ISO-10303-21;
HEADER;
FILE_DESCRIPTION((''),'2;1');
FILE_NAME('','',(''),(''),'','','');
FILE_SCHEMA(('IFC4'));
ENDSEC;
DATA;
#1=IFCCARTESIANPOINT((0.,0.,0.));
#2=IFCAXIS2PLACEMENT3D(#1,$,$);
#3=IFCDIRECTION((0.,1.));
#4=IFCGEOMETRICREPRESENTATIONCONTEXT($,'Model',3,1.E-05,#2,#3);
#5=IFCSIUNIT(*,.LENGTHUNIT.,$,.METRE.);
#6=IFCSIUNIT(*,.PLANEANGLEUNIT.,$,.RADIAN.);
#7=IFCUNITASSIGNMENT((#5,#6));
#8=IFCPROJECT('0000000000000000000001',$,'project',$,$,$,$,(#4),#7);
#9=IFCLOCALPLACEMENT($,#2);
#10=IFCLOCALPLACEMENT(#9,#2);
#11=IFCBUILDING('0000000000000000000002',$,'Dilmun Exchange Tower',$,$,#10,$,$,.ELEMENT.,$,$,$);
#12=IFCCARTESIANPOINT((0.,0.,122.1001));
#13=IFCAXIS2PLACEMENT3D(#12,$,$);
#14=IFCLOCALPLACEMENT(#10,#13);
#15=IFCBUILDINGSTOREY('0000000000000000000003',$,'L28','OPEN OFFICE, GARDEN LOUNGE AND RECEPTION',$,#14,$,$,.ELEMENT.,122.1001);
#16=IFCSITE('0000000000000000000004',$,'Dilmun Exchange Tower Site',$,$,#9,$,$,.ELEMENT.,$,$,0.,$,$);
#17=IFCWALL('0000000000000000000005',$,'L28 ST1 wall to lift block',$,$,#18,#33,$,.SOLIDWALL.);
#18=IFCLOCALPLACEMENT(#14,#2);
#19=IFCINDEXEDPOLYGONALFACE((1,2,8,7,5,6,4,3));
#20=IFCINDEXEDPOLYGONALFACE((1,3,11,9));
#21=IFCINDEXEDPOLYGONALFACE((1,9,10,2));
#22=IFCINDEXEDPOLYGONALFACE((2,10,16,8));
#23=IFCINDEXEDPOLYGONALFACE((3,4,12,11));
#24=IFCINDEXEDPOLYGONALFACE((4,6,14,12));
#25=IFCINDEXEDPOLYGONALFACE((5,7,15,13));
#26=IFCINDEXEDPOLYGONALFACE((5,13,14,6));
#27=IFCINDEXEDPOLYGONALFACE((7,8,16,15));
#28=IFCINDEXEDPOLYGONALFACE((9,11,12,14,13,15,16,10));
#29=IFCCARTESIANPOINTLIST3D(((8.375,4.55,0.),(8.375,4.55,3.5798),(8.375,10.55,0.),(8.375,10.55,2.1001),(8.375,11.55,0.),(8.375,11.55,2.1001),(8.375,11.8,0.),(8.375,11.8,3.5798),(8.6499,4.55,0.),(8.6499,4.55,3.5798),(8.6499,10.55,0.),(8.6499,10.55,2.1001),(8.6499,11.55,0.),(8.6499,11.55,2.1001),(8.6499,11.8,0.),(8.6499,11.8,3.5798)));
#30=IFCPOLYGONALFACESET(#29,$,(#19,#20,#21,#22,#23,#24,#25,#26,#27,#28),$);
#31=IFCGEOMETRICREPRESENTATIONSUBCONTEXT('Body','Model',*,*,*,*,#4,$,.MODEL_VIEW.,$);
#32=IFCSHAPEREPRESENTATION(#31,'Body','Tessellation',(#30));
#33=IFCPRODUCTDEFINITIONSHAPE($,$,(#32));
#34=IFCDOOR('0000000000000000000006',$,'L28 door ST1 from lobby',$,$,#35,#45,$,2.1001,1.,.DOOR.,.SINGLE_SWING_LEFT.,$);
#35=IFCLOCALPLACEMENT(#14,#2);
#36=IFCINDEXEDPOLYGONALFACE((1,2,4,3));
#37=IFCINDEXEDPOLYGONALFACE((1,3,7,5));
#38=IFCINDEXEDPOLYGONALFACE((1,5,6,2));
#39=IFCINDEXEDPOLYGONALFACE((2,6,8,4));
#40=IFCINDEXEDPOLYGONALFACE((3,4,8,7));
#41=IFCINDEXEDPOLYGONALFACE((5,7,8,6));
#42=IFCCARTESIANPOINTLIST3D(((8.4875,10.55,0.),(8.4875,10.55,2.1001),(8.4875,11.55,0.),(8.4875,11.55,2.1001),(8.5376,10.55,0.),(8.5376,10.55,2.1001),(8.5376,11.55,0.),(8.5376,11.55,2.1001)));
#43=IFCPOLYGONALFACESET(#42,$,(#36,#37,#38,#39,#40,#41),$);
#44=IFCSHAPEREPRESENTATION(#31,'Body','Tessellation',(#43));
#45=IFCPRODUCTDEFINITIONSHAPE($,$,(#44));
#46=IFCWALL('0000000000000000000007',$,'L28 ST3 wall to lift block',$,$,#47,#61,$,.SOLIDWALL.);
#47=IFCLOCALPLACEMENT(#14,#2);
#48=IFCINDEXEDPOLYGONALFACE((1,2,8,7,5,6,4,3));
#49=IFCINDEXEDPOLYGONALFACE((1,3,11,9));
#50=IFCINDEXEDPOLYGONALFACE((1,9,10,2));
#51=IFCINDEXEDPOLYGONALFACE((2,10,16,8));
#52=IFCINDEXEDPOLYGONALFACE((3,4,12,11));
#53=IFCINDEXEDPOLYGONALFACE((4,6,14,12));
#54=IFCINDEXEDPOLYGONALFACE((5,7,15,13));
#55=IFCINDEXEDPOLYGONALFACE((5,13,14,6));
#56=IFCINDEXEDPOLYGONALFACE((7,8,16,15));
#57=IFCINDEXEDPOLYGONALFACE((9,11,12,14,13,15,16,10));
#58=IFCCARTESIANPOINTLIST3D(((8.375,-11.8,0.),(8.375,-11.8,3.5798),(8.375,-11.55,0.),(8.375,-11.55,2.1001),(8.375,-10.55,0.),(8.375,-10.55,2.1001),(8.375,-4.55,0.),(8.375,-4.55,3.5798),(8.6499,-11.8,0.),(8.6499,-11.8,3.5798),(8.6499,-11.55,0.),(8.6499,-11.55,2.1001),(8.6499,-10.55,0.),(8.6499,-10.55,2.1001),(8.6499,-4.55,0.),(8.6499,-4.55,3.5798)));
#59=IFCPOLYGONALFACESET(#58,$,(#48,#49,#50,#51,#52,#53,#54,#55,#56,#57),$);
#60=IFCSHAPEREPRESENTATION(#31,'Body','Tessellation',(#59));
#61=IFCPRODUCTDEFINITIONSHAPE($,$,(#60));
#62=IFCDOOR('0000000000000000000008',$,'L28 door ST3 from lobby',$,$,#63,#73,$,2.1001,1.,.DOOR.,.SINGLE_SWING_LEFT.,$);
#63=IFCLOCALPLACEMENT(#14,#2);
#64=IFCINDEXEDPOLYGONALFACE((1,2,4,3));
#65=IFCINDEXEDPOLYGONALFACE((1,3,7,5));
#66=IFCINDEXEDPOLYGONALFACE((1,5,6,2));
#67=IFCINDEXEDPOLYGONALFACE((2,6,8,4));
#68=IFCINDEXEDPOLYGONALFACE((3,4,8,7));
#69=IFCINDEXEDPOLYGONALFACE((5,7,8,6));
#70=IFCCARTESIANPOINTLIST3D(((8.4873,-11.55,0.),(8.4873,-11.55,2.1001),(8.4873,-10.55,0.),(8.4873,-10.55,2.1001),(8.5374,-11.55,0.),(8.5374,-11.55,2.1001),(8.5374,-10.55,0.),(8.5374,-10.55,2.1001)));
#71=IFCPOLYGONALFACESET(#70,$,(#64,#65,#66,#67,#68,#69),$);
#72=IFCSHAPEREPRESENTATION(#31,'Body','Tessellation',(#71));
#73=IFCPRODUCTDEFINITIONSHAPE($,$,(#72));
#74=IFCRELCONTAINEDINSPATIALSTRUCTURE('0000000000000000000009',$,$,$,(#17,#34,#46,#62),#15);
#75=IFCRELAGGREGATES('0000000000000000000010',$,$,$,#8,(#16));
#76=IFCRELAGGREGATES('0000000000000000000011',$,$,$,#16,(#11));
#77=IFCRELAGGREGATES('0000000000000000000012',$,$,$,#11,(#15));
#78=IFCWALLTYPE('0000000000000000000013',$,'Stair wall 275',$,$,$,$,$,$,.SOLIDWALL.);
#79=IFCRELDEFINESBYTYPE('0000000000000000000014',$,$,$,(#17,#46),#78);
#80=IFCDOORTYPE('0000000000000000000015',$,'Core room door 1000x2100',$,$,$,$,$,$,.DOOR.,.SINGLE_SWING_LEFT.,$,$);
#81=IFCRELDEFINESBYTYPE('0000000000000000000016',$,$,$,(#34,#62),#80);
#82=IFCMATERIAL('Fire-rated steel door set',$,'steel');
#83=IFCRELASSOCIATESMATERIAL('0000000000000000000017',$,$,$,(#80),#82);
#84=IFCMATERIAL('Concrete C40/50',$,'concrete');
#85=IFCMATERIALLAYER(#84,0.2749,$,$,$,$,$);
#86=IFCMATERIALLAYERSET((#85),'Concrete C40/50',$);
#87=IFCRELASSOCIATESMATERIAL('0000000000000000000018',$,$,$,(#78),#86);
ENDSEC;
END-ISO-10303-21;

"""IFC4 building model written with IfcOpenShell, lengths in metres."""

from ifc_helpers import new_model, si_unit, direction, frame, frame_2d, origin, place, context, subcontext, project, spatial, rectangle, extrude, material, layer, layer_set, type_object, element, fill, save


model = new_model("IFC4")

# Units and contexts
model_context = context("Model", 3, precision=1e-05, world=origin(), true_north=direction((0.0, 1.0)))
body_context = subcontext(model_context, "Body", "Model", "MODEL_VIEW")
ifc_project = project(units=[si_unit("LENGTHUNIT", "METRE"), si_unit("PLANEANGLEUNIT", "RADIAN")], contexts=[model_context])

# Site, building, storey
site_placement = place(None, origin())
site = spatial("IfcSite", under=ifc_project, at=site_placement, Name="Dilmun Exchange Tower Site", CompositionType="ELEMENT", RefElevation=0.0)
building_placement = place(site_placement, origin())
building = spatial("IfcBuilding", under=site, at=building_placement, Name="Dilmun Exchange Tower", CompositionType="ELEMENT")
storey_placement = place(building_placement, frame((0.0, 0.0, 122.1001)))
storey = spatial("IfcBuildingStorey", under=building, at=storey_placement, Name="L28", Description="OPEN OFFICE, GARDEN LOUNGE AND RECEPTION", CompositionType="ELEMENT", Elevation=122.1001)

# Shared definitions
ifc_material_1 = material(Name="Concrete C40/50", Category="concrete")
ifc_material_2 = material(Name="Fire-rated steel door set", Category="steel")

# Shared definitions
door_type_1 = type_object("IfcDoorType", Name="Core room door 1000x2100", OperationType="SINGLE_SWING_LEFT", PredefinedType="DOOR", material=ifc_material_2)

# Walls, openings, doors
ifc_layer_1 = layer(ifc_material_1, 0.2749)
ifc_layer_set_1 = layer_set([ifc_layer_1], Name="Concrete C40/50")
wall_type_1 = type_object("IfcWallType", Name="Stair wall 275", PredefinedType="SOLIDWALL", material=ifc_layer_set_1)
wall_1_placement = place(storey_placement, frame((8.5125, 4.55, 0.0), z_axis=(0.0, 0.0, 1.0), x_axis=(0.0, 1.0, 0.0)))
wall_1 = element("IfcWall", 1, at=wall_1_placement, inside=storey, type_object=wall_type_1, Name="L28 ST1 wall to lift block", PredefinedType="SOLIDWALL", context=body_context, shape_type="SweptSolid", body=[
    extrude(rectangle(XDim=7.25, YDim=0.2749, at=frame_2d((3.625, 0.0))), origin(), (0.0, 0.0, 1.0), 3.5798),
])
opening_1_placement = place(wall_1_placement, frame((6.0, 0.0, 0.0)))
opening_1 = element("IfcOpeningElement", 2, at=opening_1_placement, cuts=wall_1, PredefinedType="OPENING", context=body_context, shape_type="SweptSolid", body=[
    extrude(rectangle(XDim=1.0, YDim=2.1001, at=frame_2d((0.5, 1.05))), frame((0.0, 0.1475, 0.0), z_axis=(0.0, -1.0, 0.0), x_axis=(1.0, 0.0, 0.0)), (0.0, 0.0, 1.0), 0.2949),
])
door_1_placement = place(opening_1_placement, origin())
door_1 = element("IfcDoor", 3, at=door_1_placement, inside=storey, type_object=door_type_1, Name="L28 door ST1 from lobby", OperationType="SINGLE_SWING_LEFT", OverallHeight=2.1001, OverallWidth=1.0, PredefinedType="DOOR", context=body_context, shape_type="SweptSolid", body=[
    extrude(rectangle(XDim=1.0, YDim=2.1001, at=frame_2d((0.5, 1.05))), frame((0.0, 0.0249, 0.0), z_axis=(0.0, -1.0, 0.0), x_axis=(1.0, 0.0, 0.0)), (0.0, 0.0, 1.0), 0.05),
])
fill(opening_1, door_1)
wall_2_placement = place(storey_placement, frame((8.5125, -4.55, 0.0), z_axis=(0.0, 0.0, 1.0), x_axis=(0.0, -1.0, 0.0)))
wall_2 = element("IfcWall", 4, at=wall_2_placement, inside=storey, type_object=wall_type_1, Name="L28 ST3 wall to lift block", PredefinedType="SOLIDWALL", context=body_context, shape_type="SweptSolid", body=[
    extrude(rectangle(XDim=7.25, YDim=0.2749, at=frame_2d((3.625, 0.0))), origin(), (0.0, 0.0, 1.0), 3.5798),
])
opening_2_placement = place(wall_2_placement, frame((6.0, 0.0, 0.0)))
opening_2 = element("IfcOpeningElement", 5, at=opening_2_placement, cuts=wall_2, PredefinedType="OPENING", context=body_context, shape_type="SweptSolid", body=[
    extrude(rectangle(XDim=1.0, YDim=2.1001, at=frame_2d((0.5, 1.05))), frame((0.0, 0.1475, 0.0), z_axis=(0.0, -1.0, 0.0), x_axis=(1.0, 0.0, 0.0)), (0.0, 0.0, 1.0), 0.2949),
])
door_2_placement = place(opening_2_placement, origin())
door_2 = element("IfcDoor", 6, at=door_2_placement, inside=storey, type_object=door_type_1, Name="L28 door ST3 from lobby", OperationType="SINGLE_SWING_LEFT", OverallHeight=2.1001, OverallWidth=1.0, PredefinedType="DOOR", context=body_context, shape_type="SweptSolid", body=[
    extrude(rectangle(XDim=1.0, YDim=2.1001, at=frame_2d((0.5, 1.05))), frame((0.0, 0.0249, 0.0), z_axis=(0.0, -1.0, 0.0), x_axis=(1.0, 0.0, 0.0)), (0.0, 0.0, 1.0), 0.05),
])
fill(opening_2, door_2)

save(model, "model.ifc")
